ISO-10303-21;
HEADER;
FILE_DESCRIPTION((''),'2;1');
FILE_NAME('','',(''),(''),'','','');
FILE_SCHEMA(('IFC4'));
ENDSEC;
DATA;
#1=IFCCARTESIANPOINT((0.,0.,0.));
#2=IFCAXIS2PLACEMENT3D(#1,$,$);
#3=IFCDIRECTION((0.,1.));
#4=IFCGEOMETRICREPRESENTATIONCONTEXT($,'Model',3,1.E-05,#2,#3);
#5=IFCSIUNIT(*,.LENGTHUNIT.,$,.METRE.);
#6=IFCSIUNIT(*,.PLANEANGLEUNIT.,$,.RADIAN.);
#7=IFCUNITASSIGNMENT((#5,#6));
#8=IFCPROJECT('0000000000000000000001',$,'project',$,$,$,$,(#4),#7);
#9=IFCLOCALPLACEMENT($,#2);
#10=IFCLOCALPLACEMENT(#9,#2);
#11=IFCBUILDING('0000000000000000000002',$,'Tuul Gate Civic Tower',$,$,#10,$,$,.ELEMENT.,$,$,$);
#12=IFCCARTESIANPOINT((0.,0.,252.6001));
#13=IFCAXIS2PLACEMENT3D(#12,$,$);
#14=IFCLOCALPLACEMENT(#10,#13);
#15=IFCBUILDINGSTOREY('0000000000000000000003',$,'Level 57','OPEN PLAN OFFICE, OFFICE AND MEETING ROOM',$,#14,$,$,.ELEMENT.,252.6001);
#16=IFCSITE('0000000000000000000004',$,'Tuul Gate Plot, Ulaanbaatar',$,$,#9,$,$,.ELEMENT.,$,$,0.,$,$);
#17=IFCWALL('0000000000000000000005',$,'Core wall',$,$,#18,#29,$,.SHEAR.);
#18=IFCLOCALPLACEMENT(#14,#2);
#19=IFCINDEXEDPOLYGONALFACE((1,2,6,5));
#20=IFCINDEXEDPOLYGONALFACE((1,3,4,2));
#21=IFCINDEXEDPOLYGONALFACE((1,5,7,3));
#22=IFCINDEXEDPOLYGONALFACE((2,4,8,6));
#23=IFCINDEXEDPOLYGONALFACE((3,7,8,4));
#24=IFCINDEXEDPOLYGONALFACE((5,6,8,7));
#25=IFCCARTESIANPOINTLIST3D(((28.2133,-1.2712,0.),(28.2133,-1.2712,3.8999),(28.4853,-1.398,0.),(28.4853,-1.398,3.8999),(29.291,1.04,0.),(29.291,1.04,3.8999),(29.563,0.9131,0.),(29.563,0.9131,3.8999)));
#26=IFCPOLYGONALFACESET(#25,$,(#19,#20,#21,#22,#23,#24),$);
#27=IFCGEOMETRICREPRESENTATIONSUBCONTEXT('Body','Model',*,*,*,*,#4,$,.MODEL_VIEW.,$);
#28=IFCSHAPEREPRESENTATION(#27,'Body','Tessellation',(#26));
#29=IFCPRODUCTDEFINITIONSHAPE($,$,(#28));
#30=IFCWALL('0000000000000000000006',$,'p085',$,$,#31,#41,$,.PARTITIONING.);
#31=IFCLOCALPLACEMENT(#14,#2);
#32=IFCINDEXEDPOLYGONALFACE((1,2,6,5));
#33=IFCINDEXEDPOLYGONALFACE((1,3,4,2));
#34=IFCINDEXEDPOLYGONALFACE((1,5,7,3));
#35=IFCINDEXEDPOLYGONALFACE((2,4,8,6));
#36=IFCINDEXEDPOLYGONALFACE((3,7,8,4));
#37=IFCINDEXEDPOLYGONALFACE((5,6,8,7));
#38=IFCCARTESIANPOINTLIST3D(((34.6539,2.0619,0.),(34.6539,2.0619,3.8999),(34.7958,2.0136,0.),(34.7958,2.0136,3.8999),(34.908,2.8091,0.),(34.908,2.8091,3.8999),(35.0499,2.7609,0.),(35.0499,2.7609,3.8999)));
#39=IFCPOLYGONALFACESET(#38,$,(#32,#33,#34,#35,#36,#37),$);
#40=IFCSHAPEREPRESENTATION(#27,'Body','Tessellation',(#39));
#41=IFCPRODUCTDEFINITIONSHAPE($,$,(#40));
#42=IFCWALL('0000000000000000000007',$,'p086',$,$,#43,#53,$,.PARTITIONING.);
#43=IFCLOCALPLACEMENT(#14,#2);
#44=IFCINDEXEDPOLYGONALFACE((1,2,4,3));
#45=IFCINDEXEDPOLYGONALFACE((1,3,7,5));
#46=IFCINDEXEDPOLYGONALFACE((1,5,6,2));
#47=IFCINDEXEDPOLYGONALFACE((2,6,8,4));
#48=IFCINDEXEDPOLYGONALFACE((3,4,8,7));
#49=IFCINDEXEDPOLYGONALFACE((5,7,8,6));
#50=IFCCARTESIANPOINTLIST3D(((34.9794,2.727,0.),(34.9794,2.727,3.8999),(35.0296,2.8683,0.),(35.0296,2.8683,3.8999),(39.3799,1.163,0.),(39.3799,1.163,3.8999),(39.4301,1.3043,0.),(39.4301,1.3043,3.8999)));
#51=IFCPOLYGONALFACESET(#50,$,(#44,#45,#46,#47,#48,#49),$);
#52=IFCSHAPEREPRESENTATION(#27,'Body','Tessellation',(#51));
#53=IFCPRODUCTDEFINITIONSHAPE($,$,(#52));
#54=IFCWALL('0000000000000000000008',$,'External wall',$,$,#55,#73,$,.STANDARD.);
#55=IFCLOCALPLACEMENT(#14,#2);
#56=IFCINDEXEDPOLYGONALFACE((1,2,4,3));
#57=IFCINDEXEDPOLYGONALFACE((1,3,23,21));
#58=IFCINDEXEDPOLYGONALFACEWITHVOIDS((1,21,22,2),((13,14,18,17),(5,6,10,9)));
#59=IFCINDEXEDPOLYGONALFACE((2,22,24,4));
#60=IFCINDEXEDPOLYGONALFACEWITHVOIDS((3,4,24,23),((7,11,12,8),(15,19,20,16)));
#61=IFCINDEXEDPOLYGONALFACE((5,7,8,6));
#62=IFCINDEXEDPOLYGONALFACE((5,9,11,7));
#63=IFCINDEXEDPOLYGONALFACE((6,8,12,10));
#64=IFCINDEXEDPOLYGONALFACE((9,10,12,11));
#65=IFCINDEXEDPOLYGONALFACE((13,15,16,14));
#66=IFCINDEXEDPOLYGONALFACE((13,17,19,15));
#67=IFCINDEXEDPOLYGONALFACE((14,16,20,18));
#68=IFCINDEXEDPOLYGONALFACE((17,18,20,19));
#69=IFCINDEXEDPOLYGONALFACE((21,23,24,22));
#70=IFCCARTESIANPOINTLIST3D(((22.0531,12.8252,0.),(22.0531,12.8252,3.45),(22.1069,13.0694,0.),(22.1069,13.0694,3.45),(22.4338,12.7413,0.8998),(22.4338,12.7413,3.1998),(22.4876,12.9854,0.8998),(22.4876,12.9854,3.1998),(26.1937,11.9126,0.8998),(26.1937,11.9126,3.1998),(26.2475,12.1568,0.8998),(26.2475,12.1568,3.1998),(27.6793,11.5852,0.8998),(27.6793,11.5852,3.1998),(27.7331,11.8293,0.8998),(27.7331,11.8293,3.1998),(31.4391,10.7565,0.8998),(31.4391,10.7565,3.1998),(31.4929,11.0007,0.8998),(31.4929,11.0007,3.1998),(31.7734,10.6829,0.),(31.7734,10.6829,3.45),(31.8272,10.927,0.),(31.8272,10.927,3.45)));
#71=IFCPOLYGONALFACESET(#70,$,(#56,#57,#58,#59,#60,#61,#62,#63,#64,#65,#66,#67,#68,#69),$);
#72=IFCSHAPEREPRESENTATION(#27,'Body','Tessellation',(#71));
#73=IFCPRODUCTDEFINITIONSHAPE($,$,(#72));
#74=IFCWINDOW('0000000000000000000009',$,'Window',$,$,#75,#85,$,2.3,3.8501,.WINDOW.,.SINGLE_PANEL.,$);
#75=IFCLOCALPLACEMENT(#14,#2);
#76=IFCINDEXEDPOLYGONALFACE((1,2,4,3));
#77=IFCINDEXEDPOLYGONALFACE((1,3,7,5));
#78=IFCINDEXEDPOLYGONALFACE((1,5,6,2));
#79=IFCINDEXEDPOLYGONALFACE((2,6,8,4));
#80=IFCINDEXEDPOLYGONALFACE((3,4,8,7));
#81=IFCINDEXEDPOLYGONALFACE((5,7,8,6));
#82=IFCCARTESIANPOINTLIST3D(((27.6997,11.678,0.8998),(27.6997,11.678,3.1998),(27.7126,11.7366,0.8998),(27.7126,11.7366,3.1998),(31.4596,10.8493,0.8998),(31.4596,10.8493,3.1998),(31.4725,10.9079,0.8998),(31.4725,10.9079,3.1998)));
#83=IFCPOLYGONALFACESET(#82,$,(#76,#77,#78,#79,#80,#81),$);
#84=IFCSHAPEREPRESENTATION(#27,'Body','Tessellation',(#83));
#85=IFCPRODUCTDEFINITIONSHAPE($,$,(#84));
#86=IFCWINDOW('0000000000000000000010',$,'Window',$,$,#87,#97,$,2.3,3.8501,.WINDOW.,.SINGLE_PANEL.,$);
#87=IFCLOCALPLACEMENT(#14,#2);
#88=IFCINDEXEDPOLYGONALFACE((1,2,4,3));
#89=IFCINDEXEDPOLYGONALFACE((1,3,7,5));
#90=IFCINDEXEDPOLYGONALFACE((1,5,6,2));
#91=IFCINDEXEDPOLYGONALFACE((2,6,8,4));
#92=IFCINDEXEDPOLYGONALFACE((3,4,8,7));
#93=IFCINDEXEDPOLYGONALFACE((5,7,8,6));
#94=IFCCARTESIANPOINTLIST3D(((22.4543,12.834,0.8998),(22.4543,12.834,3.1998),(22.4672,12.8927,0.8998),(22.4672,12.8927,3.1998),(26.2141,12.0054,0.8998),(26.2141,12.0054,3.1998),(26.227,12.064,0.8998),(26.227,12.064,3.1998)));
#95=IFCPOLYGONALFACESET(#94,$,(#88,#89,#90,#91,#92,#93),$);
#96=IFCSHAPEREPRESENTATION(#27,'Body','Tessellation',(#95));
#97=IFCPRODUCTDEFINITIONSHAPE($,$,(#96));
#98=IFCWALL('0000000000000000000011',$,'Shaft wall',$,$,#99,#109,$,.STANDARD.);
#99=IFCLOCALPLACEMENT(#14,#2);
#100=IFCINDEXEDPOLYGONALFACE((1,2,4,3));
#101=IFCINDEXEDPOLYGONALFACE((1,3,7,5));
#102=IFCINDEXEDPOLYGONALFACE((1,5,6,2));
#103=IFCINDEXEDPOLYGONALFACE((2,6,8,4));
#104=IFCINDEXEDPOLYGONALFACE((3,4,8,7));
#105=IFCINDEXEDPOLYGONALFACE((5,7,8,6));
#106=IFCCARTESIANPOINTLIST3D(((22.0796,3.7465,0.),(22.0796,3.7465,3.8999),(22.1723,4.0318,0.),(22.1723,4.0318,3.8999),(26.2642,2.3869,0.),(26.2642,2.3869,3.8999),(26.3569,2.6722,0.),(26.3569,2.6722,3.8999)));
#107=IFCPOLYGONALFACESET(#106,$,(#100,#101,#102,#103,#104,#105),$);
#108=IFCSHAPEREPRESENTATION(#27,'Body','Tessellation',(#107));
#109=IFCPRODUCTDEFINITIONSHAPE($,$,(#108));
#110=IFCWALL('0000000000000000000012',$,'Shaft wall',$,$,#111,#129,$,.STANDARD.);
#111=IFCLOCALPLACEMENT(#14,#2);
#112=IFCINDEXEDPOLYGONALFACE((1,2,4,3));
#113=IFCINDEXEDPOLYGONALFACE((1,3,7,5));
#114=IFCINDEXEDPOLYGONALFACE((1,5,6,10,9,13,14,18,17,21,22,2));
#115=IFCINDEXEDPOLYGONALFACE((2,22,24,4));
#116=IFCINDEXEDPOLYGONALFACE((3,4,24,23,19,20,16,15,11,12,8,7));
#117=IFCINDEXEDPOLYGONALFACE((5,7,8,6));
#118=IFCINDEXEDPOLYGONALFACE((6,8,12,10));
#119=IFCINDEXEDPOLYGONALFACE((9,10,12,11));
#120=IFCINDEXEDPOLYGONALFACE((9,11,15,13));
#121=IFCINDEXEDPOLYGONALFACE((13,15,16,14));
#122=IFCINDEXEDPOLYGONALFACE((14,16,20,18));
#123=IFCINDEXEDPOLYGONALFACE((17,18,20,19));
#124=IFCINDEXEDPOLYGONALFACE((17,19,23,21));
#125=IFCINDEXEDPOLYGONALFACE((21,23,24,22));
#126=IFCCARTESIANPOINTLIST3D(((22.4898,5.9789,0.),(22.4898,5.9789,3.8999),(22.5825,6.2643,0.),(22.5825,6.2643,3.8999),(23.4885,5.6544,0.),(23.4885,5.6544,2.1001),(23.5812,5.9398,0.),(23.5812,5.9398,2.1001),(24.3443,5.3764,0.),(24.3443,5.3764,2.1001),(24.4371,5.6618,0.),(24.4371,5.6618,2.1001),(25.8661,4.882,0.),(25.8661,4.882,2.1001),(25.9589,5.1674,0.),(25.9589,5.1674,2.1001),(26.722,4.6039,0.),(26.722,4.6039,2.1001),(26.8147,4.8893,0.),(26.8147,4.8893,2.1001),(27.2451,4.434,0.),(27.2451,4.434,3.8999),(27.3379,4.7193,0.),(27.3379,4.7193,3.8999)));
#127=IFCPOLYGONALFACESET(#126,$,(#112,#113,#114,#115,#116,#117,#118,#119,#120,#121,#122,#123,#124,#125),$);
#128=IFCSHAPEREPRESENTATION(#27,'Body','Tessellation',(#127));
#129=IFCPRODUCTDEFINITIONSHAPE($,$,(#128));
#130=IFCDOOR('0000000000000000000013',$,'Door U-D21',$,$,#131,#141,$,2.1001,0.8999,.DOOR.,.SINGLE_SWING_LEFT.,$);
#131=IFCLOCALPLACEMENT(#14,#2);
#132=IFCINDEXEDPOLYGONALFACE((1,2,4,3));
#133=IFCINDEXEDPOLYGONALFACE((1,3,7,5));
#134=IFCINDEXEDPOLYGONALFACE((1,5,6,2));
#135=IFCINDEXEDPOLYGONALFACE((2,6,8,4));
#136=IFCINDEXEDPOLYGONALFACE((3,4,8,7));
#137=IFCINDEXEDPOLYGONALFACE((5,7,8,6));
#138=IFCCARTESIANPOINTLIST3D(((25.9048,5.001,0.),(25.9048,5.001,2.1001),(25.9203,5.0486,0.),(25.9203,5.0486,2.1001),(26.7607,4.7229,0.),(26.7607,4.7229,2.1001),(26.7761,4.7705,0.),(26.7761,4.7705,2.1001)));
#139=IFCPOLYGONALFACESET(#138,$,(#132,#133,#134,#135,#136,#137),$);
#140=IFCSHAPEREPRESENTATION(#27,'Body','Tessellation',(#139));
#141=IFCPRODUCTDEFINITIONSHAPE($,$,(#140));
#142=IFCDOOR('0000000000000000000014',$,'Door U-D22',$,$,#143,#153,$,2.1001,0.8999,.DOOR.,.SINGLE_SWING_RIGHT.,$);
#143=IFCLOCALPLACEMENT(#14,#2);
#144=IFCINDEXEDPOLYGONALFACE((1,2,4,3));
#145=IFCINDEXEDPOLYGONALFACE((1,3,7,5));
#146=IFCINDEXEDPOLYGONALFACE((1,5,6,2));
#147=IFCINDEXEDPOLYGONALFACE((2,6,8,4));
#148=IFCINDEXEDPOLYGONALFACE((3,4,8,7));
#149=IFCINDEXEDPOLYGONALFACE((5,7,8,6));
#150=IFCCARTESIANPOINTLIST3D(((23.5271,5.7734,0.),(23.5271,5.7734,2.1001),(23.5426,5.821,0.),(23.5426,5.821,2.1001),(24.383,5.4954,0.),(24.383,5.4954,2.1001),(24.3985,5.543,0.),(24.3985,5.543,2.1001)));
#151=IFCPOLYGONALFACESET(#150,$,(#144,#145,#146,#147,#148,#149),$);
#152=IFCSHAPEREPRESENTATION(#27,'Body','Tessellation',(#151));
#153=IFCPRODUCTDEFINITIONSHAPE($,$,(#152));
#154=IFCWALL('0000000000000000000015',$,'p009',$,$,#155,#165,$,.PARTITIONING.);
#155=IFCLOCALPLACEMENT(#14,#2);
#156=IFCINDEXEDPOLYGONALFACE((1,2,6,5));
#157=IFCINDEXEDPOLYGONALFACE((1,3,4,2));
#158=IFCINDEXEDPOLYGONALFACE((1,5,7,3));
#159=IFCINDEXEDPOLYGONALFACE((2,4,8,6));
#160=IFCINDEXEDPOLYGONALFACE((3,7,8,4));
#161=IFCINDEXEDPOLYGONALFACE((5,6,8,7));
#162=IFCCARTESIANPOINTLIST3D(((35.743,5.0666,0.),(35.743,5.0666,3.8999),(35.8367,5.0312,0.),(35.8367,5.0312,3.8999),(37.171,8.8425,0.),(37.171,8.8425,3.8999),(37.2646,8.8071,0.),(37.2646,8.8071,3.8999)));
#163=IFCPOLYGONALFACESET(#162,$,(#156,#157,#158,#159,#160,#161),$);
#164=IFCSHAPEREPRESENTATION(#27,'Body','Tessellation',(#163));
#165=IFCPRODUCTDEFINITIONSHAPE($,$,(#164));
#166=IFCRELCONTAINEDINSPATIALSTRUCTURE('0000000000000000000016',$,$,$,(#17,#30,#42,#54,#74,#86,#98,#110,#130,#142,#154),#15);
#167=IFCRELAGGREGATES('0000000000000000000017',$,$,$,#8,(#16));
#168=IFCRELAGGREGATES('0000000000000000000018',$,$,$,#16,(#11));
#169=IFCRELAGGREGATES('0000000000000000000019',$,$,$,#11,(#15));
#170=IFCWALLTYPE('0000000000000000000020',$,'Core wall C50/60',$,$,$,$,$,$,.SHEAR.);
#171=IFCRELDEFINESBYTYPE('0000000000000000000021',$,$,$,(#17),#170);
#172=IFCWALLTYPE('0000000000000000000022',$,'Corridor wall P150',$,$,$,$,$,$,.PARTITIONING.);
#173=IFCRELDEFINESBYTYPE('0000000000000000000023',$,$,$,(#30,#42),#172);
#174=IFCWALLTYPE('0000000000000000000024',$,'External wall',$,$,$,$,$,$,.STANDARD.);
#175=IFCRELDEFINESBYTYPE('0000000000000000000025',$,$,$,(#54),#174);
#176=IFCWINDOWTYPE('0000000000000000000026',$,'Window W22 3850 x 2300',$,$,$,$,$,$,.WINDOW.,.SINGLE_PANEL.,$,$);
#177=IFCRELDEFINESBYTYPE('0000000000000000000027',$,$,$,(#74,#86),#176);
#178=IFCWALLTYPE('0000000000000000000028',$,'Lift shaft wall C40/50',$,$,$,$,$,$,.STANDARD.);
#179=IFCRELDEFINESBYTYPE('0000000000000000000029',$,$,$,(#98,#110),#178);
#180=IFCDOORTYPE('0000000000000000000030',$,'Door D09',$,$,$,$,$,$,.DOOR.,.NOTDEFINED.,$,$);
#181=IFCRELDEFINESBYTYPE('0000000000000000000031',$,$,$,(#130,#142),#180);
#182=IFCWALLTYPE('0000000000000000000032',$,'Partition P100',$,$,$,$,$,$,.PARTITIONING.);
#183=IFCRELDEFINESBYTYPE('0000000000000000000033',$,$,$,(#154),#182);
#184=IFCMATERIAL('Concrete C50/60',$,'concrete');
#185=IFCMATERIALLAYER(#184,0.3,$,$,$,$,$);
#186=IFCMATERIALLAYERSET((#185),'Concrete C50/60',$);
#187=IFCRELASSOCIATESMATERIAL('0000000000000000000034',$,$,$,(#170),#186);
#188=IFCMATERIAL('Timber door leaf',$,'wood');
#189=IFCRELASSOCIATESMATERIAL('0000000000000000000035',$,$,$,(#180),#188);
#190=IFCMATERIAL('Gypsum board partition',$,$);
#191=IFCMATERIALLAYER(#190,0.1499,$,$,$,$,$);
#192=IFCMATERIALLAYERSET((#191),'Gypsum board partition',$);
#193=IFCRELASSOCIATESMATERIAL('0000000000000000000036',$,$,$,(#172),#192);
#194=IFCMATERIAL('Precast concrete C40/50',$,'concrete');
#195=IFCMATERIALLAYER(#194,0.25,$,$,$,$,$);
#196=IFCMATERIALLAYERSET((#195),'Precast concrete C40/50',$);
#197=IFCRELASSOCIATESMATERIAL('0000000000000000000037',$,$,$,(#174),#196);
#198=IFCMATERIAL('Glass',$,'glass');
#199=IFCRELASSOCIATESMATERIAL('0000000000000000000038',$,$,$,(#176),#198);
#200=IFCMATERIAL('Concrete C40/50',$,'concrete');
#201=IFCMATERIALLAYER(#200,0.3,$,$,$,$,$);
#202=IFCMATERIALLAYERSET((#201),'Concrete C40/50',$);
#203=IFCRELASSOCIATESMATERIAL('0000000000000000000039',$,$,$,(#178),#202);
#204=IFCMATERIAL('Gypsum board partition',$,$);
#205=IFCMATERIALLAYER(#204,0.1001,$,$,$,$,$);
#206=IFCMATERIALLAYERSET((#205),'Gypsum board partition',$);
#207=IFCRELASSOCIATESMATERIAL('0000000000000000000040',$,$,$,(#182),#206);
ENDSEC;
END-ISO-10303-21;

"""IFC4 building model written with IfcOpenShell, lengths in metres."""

from ifc_helpers import new_model, si_unit, direction, frame, frame_2d, origin, place, context, subcontext, project, spatial, rectangle, extrude, material, layer, layer_set, type_object, element, fill, save


model = new_model("IFC4")

# Units and contexts
model_context = context("Model", 3, precision=1e-05, world=origin(), true_north=direction((0.0, 1.0)))
body_context = subcontext(model_context, "Body", "Model", "MODEL_VIEW")
ifc_project = project(units=[si_unit("LENGTHUNIT", "METRE"), si_unit("PLANEANGLEUNIT", "RADIAN")], contexts=[model_context])

# Site, building, storey
site_placement = place(None, origin())
site = spatial("IfcSite", under=ifc_project, at=site_placement, Name="Tuul Gate Plot, Ulaanbaatar", CompositionType="ELEMENT", RefElevation=0.0)
building_placement = place(site_placement, origin())
building = spatial("IfcBuilding", under=site, at=building_placement, Name="Tuul Gate Civic Tower", CompositionType="ELEMENT")
storey_placement = place(building_placement, frame((0.0, 0.0, 252.6001)))
storey = spatial("IfcBuildingStorey", under=building, at=storey_placement, Name="Level 57", Description="OPEN PLAN OFFICE, OFFICE AND MEETING ROOM", CompositionType="ELEMENT", Elevation=252.6001)

# Shared definitions
ifc_material_1 = material(Name="Concrete C50/60", Category="concrete")
ifc_layer_1 = layer(ifc_material_1, 0.3)
ifc_layer_set_1 = layer_set([ifc_layer_1], Name="Concrete C50/60")
wall_type_1 = type_object("IfcWallType", Name="Core wall C50/60", PredefinedType="SHEAR", material=ifc_layer_set_1)

# Shared definitions
ifc_material_2 = material(Name="Timber door leaf", Category="wood")
door_type = type_object("IfcDoorType", Name="Door D09", OperationType="NOTDEFINED", PredefinedType="DOOR", material=ifc_material_2)

# Walls
wall_1_placement = place(storey_placement, frame((28.3494, -1.3345, 0.0), z_axis=(0.0, 0.0, 1.0), x_axis=(0.422613, 0.90631, 0.0)))
element("IfcWall", 1, at=wall_1_placement, inside=storey, type_object=wall_type_1, Name="Core wall", PredefinedType="SHEAR", context=body_context, shape_type="SweptSolid", body=[
    extrude(rectangle(XDim=2.55, YDim=0.3, at=frame_2d((1.2749, 0.0))), origin(), (0.0, 0.0, 1.0), 3.8999),
])
ifc_material_3 = material(Name="Gypsum board partition")
ifc_layer_2 = layer(ifc_material_3, 0.1499)
ifc_layer_set_2 = layer_set([ifc_layer_2], Name="Gypsum board partition")
wall_type_2 = type_object("IfcWallType", Name="Corridor wall P150", PredefinedType="PARTITIONING", material=ifc_layer_set_2)
wall_2_placement = place(storey_placement, frame((34.7249, 2.0378, 0.0), z_axis=(0.0, 0.0, 1.0), x_axis=(0.321975, 0.946748, 0.0)))
element("IfcWall", 2, at=wall_2_placement, inside=storey, type_object=wall_type_2, Name="p085", PredefinedType="PARTITIONING", context=body_context, shape_type="SweptSolid", body=[
    extrude(rectangle(XDim=0.7893, YDim=0.1499, at=frame_2d((0.3945, 0.0))), origin(), (0.0, 0.0, 1.0), 3.8999),
])
wall_3_placement = place(storey_placement, frame((35.0046, 2.7976, 0.0), z_axis=(0.0, 0.0, 1.0), x_axis=(0.942256, -0.334892, 0.0)))
element("IfcWall", 3, at=wall_3_placement, inside=storey, type_object=wall_type_2, Name="p086", PredefinedType="PARTITIONING", context=body_context, shape_type="SweptSolid", body=[
    extrude(rectangle(XDim=4.6702, YDim=0.1499, at=frame_2d((2.335, 0.0))), origin(), (0.0, 0.0, 1.0), 3.8999),
])

# Wall, openings, windows
ifc_material_4 = material(Name="Precast concrete C40/50", Category="concrete")
ifc_layer_3 = layer(ifc_material_4, 0.25)
ifc_layer_set_3 = layer_set([ifc_layer_3], Name="Precast concrete C40/50")
wall_type_3 = type_object("IfcWallType", Name="External wall", PredefinedType="STANDARD", material=ifc_layer_set_3)
wall_4_placement = place(storey_placement, frame((31.8003, 10.8049, 0.0), z_axis=(0.0, 0.0, 1.0), x_axis=(-0.976562, 0.215234, 0.0)))
wall_4 = element("IfcWall", 4, at=wall_4_placement, inside=storey, type_object=wall_type_3, Name="External wall", PredefinedType="STANDARD", context=body_context, shape_type="SweptSolid", body=[
    extrude(rectangle(XDim=9.9536, YDim=0.25, at=frame_2d((4.9768, 0.0))), origin(), (0.0, 0.0, 1.0), 3.45),
])
opening_1_placement = place(wall_4_placement, frame((0.3423, 0.0, 0.8999)))
opening_1 = element("IfcOpeningElement", 5, at=opening_1_placement, cuts=wall_4, PredefinedType="OPENING", context=body_context, shape_type="SweptSolid", body=[
    extrude(rectangle(XDim=3.8501, YDim=2.3, at=frame_2d((1.925, 1.1499))), frame((0.0, 0.135, 0.0), z_axis=(0.0, -1.0, 0.0), x_axis=(1.0, 0.0, 0.0)), (0.0, 0.0, 1.0), 0.27),
])
opening_2_placement = place(wall_4_placement, frame((5.7136, 0.0, 0.8999)))
opening_2 = element("IfcOpeningElement", 6, at=opening_2_placement, cuts=wall_4, PredefinedType="OPENING", context=body_context, shape_type="SweptSolid", body=[
    extrude(rectangle(XDim=3.8501, YDim=2.3, at=frame_2d((1.925, 1.1499))), frame((0.0, 0.135, 0.0), z_axis=(0.0, -1.0, 0.0), x_axis=(1.0, 0.0, 0.0)), (0.0, 0.0, 1.0), 0.27),
])
ifc_material_5 = material(Name="Glass", Category="glass")
window_type = type_object("IfcWindowType", Name="Window W22 3850 x 2300", PartitioningType="SINGLE_PANEL", PredefinedType="WINDOW", material=ifc_material_5)
window_1_placement = place(opening_1_placement, origin())
window_1 = element("IfcWindow", 7, at=window_1_placement, inside=storey, type_object=window_type, Name="Window", OverallHeight=2.3, OverallWidth=3.8501, PartitioningType="SINGLE_PANEL", PredefinedType="WINDOW", context=body_context, shape_type="SweptSolid", body=[
    extrude(rectangle(XDim=3.8501, YDim=2.3, at=frame_2d((1.925, 1.1499))), frame((0.0, 0.03, 0.0), z_axis=(0.0, -1.0, 0.0), x_axis=(1.0, 0.0, 0.0)), (0.0, 0.0, 1.0), 0.0601),
])
fill(opening_1, window_1)
window_2_placement = place(opening_2_placement, origin())
window_2 = element("IfcWindow", 8, at=window_2_placement, inside=storey, type_object=window_type, Name="Window", OverallHeight=2.3, OverallWidth=3.8501, PartitioningType="SINGLE_PANEL", PredefinedType="WINDOW", context=body_context, shape_type="SweptSolid", body=[
    extrude(rectangle(XDim=3.8501, YDim=2.3, at=frame_2d((1.925, 1.1499))), frame((0.0, 0.03, 0.0), z_axis=(0.0, -1.0, 0.0), x_axis=(1.0, 0.0, 0.0)), (0.0, 0.0, 1.0), 0.0601),
])
fill(opening_2, window_2)

# Wall
ifc_material_6 = material(Name="Concrete C40/50", Category="concrete")
ifc_layer_4 = layer(ifc_material_6, 0.3)
ifc_layer_set_4 = layer_set([ifc_layer_4], Name="Concrete C40/50")
wall_type_4 = type_object("IfcWallType", Name="Lift shaft wall C40/50", PredefinedType="STANDARD", material=ifc_layer_set_4)
wall_5_placement = place(storey_placement, frame((26.3105, 2.5295, 0.0), z_axis=(0.0, 0.0, 1.0), x_axis=(-0.951059, 0.309011, 0.0)))
element("IfcWall", 9, at=wall_5_placement, inside=storey, type_object=wall_type_4, Name="Shaft wall", PredefinedType="STANDARD", context=body_context, shape_type="SweptSolid", body=[
    extrude(rectangle(XDim=4.3999, YDim=0.3, at=frame_2d((2.2, 0.0))), origin(), (0.0, 0.0, 1.0), 3.8999),
])

# Wall, openings, doors
wall_6_placement = place(storey_placement, frame((27.2915, 4.5767, 0.0), z_axis=(0.0, 0.0, 1.0), x_axis=(-0.951068, 0.308982, 0.0)))
wall_6 = element("IfcWall", 10, at=wall_6_placement, inside=storey, type_object=wall_type_4, Name="Shaft wall", PredefinedType="STANDARD", context=body_context, shape_type="SweptSolid", body=[
    extrude(rectangle(XDim=5.0, YDim=0.3, at=frame_2d((2.5, 0.0))), origin(), (0.0, 0.0, 1.0), 3.8999),
])
opening_3_placement = place(wall_6_placement, frame((0.55, 0.0, 0.0)))
opening_3 = element("IfcOpeningElement", 11, at=opening_3_placement, cuts=wall_6, PredefinedType="OPENING", context=body_context, shape_type="SweptSolid", body=[
    extrude(rectangle(XDim=0.8999, YDim=2.1001, at=frame_2d((0.45, 1.05))), frame((0.0, 0.1602, 0.0), z_axis=(0.0, -1.0, 0.0), x_axis=(1.0, 0.0, 0.0)), (0.0, 0.0, 1.0), 0.3201),
])
opening_4_placement = place(wall_6_placement, frame((3.05, 0.0, 0.0)))
opening_4 = element("IfcOpeningElement", 12, at=opening_4_placement, cuts=wall_6, PredefinedType="OPENING", context=body_context, shape_type="SweptSolid", body=[
    extrude(rectangle(XDim=0.8999, YDim=2.1001, at=frame_2d((0.45, 1.05))), frame((0.0, 0.1602, 0.0), z_axis=(0.0, -1.0, 0.0), x_axis=(1.0, 0.0, 0.0)), (0.0, 0.0, 1.0), 0.3201),
])
door_1_placement = place(opening_3_placement, origin())
door_1 = element("IfcDoor", 13, at=door_1_placement, inside=storey, type_object=door_type, Name="Door U-D21", OperationType="SINGLE_SWING_LEFT", OverallHeight=2.1001, OverallWidth=0.8999, PredefinedType="DOOR", context=body_context, shape_type="SweptSolid", body=[
    extrude(rectangle(XDim=0.8999, YDim=2.1001, at=frame_2d((0.45, 1.05))), frame((0.0, 0.0249, 0.0), z_axis=(0.0, -1.0, 0.0), x_axis=(1.0, 0.0, 0.0)), (0.0, 0.0, 1.0), 0.05),
])
fill(opening_3, door_1)
door_2_placement = place(opening_4_placement, origin())
door_2 = element("IfcDoor", 14, at=door_2_placement, inside=storey, type_object=door_type, Name="Door U-D22", OperationType="SINGLE_SWING_RIGHT", OverallHeight=2.1001, OverallWidth=0.8999, PredefinedType="DOOR", context=body_context, shape_type="SweptSolid", body=[
    extrude(rectangle(XDim=0.8999, YDim=2.1001, at=frame_2d((0.45, 1.05))), frame((0.0, 0.0249, 0.0), z_axis=(0.0, -1.0, 0.0), x_axis=(1.0, 0.0, 0.0)), (0.0, 0.0, 1.0), 0.05),
])
fill(opening_4, door_2)

# Wall
ifc_material_7 = material(Name="Gypsum board partition")
ifc_layer_5 = layer(ifc_material_7, 0.1001)
ifc_layer_set_5 = layer_set([ifc_layer_5], Name="Gypsum board partition")
wall_type_5 = type_object("IfcWallType", Name="Partition P100", PredefinedType="PARTITIONING", material=ifc_layer_set_5)
wall_7_placement = place(storey_placement, frame((35.7898, 5.0488, 0.0), z_axis=(0.0, 0.0, 1.0), x_axis=(0.353733, 0.935346, 0.0)))
element("IfcWall", 15, at=wall_7_placement, inside=storey, type_object=wall_type_5, Name="p009", PredefinedType="PARTITIONING", context=body_context, shape_type="SweptSolid", body=[
    extrude(rectangle(XDim=4.0369, YDim=0.1001, at=frame_2d((2.0186, 0.0))), origin(), (0.0, 0.0, 1.0), 3.8999),
])

save(model, "model.ifc")
